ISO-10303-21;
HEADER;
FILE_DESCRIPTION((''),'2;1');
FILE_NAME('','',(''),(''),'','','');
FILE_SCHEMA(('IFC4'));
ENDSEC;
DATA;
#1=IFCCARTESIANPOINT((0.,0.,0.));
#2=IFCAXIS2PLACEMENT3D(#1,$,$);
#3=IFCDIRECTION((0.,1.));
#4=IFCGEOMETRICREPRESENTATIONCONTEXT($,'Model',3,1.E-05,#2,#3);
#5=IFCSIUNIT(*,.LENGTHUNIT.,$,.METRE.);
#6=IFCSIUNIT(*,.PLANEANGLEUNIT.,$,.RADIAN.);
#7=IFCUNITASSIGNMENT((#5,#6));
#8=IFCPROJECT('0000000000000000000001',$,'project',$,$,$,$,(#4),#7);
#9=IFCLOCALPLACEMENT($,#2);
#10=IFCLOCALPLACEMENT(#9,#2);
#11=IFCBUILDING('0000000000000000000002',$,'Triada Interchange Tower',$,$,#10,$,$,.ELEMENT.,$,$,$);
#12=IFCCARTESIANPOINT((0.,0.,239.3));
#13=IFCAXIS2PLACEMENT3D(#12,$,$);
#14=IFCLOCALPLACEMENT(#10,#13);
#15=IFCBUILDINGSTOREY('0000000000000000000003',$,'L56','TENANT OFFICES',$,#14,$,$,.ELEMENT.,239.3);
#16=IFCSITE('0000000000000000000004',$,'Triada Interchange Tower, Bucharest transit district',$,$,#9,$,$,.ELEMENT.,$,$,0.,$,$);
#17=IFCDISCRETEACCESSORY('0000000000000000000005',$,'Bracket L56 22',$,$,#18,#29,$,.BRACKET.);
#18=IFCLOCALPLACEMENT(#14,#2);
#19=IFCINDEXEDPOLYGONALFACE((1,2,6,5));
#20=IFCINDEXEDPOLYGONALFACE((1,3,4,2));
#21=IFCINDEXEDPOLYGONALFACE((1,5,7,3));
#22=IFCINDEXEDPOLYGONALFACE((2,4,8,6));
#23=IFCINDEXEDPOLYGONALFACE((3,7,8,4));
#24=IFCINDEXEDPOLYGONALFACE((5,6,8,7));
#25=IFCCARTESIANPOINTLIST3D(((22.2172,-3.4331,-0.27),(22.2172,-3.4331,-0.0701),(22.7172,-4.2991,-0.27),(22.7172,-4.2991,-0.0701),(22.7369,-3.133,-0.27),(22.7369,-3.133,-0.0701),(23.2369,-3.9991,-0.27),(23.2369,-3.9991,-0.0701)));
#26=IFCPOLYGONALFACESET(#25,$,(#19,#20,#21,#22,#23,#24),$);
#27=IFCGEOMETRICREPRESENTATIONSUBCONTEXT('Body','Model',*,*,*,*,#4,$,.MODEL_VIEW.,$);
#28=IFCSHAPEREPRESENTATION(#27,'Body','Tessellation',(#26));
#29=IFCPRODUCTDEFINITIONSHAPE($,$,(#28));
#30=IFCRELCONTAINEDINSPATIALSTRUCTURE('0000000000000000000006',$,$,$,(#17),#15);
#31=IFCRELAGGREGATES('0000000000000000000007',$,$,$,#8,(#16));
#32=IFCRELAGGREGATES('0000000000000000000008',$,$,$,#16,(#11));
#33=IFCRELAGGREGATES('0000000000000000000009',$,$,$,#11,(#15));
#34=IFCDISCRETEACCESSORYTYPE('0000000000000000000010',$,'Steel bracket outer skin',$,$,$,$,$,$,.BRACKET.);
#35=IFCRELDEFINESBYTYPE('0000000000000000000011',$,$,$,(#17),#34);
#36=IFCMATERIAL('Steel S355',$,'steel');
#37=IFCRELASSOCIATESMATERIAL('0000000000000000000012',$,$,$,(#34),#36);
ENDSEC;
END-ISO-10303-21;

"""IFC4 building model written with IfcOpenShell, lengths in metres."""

from ifc_helpers import new_model, si_unit, direction, frame, origin, origin_2d, place, context, subcontext, project, spatial, rectangle, extrude, material, type_object, element, save


model = new_model("IFC4")

# Units and contexts
model_context = context("Model", 3, precision=1e-05, world=origin(), true_north=direction((0.0, 1.0)))
body_context = subcontext(model_context, "Body", "Model", "MODEL_VIEW")
ifc_project = project(units=[si_unit("LENGTHUNIT", "METRE"), si_unit("PLANEANGLEUNIT", "RADIAN")], contexts=[model_context])

# Site, building, storey
site_placement = place(None, origin())
site = spatial("IfcSite", under=ifc_project, at=site_placement, Name="Triada Interchange Tower, Bucharest transit district", CompositionType="ELEMENT", RefElevation=0.0)
building_placement = place(site_placement, origin())
building = spatial("IfcBuilding", under=site, at=building_placement, Name="Triada Interchange Tower", CompositionType="ELEMENT")
storey_placement = place(building_placement, frame((0.0, 0.0, 239.3)))
storey = spatial("IfcBuildingStorey", under=building, at=storey_placement, Name="L56", Description="TENANT OFFICES", CompositionType="ELEMENT", Elevation=239.3)

# Discrete accessory
ifc_material_1 = material(Name="Steel S355", Category="steel")
discrete_accessory_type = type_object("IfcDiscreteAccessoryType", Name="Steel bracket outer skin", PredefinedType="BRACKET", material=ifc_material_1)
for number, where, z_axis, x_axis, name in (
    (1, (22.7271, -3.7161, -0.27), (0.0, 0.0, 1.0), (0.86603, 0.499991, 0.0), "Bracket L56 22"),
):
    element("IfcDiscreteAccessory", number, at=place(storey_placement, frame(where, z_axis=z_axis, x_axis=x_axis)), inside=storey, type_object=discrete_accessory_type, Name=name, PredefinedType="BRACKET", context=body_context, shape_type="SweptSolid", body=[
        extrude(rectangle(XDim=0.6001, YDim=1.0, at=origin_2d()), origin(), (0.0, 0.0, 1.0), 0.2),
    ])

save(model, "model.ifc")
